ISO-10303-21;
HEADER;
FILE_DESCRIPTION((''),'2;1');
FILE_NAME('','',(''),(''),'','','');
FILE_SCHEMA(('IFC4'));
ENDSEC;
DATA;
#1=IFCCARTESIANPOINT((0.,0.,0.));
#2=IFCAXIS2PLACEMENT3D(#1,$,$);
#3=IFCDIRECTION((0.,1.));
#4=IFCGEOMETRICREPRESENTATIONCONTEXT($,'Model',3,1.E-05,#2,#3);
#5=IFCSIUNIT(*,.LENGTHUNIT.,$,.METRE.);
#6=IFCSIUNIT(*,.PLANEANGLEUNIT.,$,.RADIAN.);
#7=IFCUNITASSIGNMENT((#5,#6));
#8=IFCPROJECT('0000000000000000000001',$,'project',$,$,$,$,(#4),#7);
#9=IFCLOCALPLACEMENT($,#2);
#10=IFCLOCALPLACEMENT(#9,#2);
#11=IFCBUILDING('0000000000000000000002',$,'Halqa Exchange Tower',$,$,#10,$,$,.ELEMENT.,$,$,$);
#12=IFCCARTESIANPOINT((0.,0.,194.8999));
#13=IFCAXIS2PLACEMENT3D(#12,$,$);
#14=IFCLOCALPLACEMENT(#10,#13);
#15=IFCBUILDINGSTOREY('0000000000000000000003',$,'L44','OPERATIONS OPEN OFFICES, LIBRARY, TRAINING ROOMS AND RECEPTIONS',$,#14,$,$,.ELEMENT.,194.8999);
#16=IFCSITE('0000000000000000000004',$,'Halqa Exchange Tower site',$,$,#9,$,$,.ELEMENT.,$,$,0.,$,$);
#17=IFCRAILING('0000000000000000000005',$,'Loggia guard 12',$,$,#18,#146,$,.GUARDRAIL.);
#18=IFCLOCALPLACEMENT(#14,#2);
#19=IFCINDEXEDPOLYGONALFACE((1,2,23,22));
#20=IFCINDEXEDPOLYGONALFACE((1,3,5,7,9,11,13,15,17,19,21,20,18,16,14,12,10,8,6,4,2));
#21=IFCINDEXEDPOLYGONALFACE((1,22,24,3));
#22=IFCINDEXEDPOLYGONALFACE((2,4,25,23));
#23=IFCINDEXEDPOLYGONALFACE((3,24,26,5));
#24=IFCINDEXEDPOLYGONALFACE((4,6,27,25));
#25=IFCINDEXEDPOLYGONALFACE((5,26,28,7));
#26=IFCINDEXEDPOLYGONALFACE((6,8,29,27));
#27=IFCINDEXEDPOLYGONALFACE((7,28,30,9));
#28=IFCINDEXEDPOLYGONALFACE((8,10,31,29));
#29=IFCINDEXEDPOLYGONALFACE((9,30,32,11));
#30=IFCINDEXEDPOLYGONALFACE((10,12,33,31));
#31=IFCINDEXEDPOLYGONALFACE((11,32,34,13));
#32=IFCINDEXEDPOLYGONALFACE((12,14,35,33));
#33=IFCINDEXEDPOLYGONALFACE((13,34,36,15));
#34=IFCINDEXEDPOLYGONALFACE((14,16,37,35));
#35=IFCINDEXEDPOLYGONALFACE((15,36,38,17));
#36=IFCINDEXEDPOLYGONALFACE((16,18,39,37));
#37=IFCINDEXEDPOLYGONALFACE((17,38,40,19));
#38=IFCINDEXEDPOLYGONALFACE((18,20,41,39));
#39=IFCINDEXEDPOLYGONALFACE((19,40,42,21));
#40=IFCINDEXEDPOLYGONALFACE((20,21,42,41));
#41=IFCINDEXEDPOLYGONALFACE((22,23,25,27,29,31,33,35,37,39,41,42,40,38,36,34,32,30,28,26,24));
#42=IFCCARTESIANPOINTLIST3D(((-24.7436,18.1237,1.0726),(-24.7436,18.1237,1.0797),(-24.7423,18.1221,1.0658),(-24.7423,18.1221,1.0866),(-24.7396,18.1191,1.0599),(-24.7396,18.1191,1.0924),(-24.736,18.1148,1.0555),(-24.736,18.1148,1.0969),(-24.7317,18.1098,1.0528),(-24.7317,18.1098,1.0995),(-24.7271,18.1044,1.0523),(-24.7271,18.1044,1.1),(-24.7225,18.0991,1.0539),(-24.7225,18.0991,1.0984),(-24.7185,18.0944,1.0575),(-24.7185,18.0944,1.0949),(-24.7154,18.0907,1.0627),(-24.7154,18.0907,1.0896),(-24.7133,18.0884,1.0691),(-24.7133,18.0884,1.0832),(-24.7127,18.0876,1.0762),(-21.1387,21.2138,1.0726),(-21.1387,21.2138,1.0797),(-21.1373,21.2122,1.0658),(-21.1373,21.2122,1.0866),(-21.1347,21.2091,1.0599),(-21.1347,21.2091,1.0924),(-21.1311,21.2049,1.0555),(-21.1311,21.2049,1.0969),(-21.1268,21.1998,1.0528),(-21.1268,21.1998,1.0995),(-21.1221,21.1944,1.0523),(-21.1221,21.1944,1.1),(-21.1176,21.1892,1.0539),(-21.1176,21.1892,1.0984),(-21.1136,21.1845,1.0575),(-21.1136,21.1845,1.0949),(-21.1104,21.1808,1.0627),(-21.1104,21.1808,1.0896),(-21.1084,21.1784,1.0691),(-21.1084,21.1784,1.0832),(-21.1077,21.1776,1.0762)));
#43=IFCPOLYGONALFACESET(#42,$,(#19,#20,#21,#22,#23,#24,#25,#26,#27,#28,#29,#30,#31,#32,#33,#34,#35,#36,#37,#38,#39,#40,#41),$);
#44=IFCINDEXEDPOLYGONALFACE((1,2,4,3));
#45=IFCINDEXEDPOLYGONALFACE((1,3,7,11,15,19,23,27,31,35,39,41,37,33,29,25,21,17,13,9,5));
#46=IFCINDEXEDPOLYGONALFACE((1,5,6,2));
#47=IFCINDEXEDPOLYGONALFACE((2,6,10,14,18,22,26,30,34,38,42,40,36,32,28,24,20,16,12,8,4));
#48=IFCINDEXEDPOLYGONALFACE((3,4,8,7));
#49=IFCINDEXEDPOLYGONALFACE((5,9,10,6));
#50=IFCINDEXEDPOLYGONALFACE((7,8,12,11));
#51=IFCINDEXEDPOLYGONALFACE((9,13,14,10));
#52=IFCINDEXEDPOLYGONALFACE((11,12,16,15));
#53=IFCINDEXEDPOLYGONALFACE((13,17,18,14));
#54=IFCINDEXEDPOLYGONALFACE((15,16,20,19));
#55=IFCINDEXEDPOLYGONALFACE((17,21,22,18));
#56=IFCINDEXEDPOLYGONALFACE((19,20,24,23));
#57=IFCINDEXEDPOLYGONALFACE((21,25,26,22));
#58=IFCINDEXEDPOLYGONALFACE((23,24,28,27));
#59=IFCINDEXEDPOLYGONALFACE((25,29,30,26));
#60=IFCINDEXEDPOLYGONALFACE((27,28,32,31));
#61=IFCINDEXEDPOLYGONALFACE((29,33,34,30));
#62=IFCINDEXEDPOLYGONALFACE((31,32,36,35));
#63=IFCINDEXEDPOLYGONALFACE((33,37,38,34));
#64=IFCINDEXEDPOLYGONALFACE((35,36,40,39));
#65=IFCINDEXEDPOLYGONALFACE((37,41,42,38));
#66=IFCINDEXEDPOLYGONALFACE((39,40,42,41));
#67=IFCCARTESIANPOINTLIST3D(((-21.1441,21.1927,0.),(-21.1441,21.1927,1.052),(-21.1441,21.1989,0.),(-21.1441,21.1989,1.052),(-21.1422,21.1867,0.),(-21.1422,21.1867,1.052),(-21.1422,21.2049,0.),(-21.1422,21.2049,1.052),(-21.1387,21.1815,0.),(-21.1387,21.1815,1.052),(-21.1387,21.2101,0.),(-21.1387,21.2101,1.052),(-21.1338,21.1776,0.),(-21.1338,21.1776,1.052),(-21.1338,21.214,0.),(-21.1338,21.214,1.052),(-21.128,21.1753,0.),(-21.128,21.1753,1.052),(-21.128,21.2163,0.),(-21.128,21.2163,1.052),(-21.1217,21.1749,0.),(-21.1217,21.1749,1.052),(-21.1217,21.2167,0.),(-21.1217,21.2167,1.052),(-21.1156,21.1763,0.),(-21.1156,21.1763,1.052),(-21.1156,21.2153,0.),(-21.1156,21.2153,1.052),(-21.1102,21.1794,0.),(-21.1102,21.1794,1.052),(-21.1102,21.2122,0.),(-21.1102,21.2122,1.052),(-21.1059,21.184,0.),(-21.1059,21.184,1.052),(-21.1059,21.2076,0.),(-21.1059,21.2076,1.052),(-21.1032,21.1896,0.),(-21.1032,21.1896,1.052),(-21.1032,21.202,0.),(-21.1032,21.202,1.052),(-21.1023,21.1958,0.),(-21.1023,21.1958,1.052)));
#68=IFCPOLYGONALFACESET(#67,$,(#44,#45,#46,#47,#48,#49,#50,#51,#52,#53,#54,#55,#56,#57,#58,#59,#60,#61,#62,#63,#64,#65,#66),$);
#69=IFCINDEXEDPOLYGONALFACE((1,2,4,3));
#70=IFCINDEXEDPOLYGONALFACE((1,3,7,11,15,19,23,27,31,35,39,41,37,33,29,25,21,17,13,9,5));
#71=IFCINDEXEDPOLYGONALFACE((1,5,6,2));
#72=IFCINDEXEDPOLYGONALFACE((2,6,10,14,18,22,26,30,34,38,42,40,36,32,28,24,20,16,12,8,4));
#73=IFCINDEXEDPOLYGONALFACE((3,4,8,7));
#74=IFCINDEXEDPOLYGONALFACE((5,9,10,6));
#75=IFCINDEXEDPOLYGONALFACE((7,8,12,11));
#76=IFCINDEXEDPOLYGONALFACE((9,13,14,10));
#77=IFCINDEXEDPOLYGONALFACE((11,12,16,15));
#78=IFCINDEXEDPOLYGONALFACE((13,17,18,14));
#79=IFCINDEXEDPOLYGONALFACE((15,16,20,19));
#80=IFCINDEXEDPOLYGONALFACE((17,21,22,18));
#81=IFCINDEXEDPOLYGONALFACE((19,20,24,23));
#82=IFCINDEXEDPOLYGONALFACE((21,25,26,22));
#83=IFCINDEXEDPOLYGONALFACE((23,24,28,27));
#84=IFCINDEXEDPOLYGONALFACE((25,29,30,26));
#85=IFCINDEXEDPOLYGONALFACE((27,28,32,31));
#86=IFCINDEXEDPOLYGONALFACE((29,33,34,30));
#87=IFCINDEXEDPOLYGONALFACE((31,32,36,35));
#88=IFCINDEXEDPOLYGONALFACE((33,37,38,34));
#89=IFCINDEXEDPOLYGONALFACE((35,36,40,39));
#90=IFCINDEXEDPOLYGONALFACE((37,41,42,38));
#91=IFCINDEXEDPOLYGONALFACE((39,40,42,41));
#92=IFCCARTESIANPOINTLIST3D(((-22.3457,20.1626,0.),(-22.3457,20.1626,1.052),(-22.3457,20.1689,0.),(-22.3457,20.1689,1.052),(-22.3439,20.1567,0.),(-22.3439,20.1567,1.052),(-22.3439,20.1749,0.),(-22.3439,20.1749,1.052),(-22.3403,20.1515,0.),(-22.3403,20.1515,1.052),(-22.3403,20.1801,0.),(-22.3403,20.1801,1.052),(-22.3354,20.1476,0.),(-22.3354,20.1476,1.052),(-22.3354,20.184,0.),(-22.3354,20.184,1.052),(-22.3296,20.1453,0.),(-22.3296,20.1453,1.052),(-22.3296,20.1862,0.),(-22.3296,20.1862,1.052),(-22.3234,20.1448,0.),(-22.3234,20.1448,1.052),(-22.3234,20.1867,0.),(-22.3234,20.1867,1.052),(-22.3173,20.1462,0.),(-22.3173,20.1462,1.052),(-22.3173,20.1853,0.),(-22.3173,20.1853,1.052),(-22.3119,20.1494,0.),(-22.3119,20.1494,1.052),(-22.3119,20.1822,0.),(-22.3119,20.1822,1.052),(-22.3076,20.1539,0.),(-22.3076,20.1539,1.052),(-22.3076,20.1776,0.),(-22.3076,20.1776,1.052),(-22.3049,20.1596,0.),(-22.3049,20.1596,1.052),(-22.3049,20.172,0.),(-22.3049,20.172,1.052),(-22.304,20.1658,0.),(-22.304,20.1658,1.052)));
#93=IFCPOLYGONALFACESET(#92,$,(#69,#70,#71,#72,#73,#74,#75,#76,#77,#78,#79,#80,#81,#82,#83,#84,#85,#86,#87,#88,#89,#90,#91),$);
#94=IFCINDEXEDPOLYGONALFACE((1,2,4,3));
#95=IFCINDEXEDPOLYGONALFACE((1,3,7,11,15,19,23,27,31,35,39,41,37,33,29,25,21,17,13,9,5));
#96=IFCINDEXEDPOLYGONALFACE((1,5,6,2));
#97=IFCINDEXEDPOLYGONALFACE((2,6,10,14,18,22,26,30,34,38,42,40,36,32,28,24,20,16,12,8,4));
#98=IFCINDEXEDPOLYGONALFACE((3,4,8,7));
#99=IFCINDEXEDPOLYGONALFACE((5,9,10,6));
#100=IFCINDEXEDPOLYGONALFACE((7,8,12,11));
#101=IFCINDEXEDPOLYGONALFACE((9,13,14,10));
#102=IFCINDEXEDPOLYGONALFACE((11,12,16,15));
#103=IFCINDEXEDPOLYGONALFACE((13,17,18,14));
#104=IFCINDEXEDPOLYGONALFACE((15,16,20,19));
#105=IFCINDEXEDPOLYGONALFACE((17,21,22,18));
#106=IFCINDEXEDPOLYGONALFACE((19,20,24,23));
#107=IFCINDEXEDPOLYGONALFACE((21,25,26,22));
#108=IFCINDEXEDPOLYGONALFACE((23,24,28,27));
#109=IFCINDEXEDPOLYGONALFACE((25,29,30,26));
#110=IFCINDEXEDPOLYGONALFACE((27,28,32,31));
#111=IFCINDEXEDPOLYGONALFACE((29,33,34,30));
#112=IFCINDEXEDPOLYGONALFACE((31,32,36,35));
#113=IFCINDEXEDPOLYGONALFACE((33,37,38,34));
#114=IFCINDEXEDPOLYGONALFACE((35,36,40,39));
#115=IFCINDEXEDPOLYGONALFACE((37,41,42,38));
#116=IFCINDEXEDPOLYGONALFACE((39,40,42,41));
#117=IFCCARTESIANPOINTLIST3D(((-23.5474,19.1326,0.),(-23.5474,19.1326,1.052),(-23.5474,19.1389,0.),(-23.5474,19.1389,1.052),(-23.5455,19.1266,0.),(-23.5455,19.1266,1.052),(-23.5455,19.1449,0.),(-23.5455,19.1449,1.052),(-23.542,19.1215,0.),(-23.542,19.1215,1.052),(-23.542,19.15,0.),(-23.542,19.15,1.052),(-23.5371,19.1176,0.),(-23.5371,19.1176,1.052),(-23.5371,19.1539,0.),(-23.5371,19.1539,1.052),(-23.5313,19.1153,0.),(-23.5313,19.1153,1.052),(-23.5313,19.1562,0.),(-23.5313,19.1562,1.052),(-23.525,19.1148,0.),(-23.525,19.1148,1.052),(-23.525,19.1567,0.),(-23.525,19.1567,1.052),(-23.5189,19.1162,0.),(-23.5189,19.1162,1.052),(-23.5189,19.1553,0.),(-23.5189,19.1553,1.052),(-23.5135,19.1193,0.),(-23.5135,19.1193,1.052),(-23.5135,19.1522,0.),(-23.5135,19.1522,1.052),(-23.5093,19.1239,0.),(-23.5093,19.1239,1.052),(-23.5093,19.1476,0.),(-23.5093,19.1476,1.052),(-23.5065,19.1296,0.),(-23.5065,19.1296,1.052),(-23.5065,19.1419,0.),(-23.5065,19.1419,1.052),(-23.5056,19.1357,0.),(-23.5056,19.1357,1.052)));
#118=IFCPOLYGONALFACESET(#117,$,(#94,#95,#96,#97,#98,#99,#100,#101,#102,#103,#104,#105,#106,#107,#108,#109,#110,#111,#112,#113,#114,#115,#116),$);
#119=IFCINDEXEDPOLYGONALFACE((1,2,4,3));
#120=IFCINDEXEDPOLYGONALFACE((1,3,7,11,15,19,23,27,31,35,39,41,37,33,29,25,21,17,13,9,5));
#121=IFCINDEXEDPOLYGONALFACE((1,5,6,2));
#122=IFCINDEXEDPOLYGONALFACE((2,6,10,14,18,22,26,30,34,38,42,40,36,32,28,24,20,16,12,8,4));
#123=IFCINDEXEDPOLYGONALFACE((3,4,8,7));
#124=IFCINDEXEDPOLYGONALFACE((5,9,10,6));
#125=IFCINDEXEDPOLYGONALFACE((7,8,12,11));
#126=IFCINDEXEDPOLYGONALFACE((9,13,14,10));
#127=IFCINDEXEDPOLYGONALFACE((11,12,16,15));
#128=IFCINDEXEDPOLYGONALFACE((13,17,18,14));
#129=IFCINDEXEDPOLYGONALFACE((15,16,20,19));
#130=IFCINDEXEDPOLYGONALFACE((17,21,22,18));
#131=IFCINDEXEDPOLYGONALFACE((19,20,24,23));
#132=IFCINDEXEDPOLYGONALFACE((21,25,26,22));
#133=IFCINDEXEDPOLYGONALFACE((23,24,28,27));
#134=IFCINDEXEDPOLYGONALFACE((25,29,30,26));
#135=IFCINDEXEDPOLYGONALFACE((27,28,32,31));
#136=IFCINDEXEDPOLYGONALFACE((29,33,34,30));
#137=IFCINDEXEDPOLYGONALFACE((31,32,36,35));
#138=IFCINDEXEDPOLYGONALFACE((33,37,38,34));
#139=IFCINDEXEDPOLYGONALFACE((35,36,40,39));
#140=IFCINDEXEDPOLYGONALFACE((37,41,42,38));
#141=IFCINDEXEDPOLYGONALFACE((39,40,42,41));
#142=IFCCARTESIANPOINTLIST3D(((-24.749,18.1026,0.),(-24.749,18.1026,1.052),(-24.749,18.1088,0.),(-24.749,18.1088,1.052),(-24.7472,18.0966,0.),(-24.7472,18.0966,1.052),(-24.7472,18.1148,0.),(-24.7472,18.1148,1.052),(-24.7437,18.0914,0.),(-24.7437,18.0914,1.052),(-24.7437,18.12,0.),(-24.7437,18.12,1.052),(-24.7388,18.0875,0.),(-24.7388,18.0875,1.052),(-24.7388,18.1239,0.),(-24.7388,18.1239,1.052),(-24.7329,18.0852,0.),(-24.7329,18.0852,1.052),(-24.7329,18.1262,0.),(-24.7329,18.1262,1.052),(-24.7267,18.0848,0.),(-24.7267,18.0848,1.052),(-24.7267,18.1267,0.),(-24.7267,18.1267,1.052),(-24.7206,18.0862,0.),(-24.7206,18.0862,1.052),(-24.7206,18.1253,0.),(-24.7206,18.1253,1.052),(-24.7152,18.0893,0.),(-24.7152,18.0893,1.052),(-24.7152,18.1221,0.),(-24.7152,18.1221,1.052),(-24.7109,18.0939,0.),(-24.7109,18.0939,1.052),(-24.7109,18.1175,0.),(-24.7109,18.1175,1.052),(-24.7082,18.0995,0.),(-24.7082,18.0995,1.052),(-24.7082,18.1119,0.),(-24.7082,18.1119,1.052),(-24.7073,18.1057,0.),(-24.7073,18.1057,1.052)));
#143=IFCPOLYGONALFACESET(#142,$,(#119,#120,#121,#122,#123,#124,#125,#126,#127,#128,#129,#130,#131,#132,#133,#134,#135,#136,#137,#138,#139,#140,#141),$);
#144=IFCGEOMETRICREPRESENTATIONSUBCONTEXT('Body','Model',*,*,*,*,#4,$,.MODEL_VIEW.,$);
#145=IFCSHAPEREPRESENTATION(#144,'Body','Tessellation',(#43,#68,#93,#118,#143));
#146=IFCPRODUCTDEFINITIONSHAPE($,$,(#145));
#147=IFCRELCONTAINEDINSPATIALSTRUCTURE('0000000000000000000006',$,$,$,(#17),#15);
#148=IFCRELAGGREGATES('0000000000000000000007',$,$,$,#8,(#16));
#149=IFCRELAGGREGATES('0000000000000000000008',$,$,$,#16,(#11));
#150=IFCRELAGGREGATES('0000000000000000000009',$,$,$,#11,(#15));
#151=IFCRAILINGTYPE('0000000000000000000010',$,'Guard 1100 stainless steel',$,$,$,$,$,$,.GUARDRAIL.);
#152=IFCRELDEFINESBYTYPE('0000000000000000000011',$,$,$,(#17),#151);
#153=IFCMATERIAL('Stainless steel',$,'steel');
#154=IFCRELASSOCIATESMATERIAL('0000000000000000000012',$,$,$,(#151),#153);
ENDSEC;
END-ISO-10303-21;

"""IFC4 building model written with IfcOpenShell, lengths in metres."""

from ifc_helpers import new_model, si_unit, direction, frame, origin, origin_2d, place, context, subcontext, project, spatial, circle, extrude, material, type_object, element, save


model = new_model("IFC4")

# Units and contexts
model_context = context("Model", 3, precision=1e-05, world=origin(), true_north=direction((0.0, 1.0)))
body_context = subcontext(model_context, "Body", "Model", "MODEL_VIEW")
ifc_project = project(units=[si_unit("LENGTHUNIT", "METRE"), si_unit("PLANEANGLEUNIT", "RADIAN")], contexts=[model_context])

# Site, building, storey
site_placement = place(None, origin())
site = spatial("IfcSite", under=ifc_project, at=site_placement, Name="Halqa Exchange Tower site", CompositionType="ELEMENT", RefElevation=0.0)
building_placement = place(site_placement, origin())
building = spatial("IfcBuilding", under=site, at=building_placement, Name="Halqa Exchange Tower", CompositionType="ELEMENT")
storey_placement = place(building_placement, frame((0.0, 0.0, 194.8999)))
storey = spatial("IfcBuildingStorey", under=building, at=storey_placement, Name="L44", Description="OPERATIONS OPEN OFFICES, LIBRARY, TRAINING ROOMS AND RECEPTIONS", CompositionType="ELEMENT", Elevation=194.8999)

# Railing
ifc_material_1 = material(Name="Stainless steel", Category="steel")
railing_type = type_object("IfcRailingType", Name="Guard 1100 stainless steel", PredefinedType="GUARDRAIL", material=ifc_material_1)
railing_1_placement = place(storey_placement, frame((-21.1233, 21.1958, 0.0)))
element("IfcRailing", 1, at=railing_1_placement, inside=storey, type_object=railing_type, Name="Loggia guard 12", PredefinedType="GUARDRAIL", context=body_context, shape_type="SweptSolid", body=[
    extrude(circle(Radius=0.0239, at=origin_2d()), frame((0.0, 0.0, 1.0762), z_axis=(-0.759246, -0.650804, 0.0), x_axis=(0.650804, -0.759246, 0.0)), (0.0, 0.0, 1.0), 4.748),
    extrude(circle(Radius=0.021, at=origin_2d()), origin(), (0.0, 0.0, 1.0), 1.052),
    extrude(circle(Radius=0.021, at=origin_2d()), frame((-1.2017, -1.03, 0.0)), (0.0, 0.0, 1.0), 1.052),
    extrude(circle(Radius=0.021, at=origin_2d()), frame((-2.4033, -2.0601, 0.0)), (0.0, 0.0, 1.0), 1.052),
    extrude(circle(Radius=0.021, at=origin_2d()), frame((-3.605, -3.0901, 0.0)), (0.0, 0.0, 1.0), 1.052),
])

save(model, "model.ifc")
